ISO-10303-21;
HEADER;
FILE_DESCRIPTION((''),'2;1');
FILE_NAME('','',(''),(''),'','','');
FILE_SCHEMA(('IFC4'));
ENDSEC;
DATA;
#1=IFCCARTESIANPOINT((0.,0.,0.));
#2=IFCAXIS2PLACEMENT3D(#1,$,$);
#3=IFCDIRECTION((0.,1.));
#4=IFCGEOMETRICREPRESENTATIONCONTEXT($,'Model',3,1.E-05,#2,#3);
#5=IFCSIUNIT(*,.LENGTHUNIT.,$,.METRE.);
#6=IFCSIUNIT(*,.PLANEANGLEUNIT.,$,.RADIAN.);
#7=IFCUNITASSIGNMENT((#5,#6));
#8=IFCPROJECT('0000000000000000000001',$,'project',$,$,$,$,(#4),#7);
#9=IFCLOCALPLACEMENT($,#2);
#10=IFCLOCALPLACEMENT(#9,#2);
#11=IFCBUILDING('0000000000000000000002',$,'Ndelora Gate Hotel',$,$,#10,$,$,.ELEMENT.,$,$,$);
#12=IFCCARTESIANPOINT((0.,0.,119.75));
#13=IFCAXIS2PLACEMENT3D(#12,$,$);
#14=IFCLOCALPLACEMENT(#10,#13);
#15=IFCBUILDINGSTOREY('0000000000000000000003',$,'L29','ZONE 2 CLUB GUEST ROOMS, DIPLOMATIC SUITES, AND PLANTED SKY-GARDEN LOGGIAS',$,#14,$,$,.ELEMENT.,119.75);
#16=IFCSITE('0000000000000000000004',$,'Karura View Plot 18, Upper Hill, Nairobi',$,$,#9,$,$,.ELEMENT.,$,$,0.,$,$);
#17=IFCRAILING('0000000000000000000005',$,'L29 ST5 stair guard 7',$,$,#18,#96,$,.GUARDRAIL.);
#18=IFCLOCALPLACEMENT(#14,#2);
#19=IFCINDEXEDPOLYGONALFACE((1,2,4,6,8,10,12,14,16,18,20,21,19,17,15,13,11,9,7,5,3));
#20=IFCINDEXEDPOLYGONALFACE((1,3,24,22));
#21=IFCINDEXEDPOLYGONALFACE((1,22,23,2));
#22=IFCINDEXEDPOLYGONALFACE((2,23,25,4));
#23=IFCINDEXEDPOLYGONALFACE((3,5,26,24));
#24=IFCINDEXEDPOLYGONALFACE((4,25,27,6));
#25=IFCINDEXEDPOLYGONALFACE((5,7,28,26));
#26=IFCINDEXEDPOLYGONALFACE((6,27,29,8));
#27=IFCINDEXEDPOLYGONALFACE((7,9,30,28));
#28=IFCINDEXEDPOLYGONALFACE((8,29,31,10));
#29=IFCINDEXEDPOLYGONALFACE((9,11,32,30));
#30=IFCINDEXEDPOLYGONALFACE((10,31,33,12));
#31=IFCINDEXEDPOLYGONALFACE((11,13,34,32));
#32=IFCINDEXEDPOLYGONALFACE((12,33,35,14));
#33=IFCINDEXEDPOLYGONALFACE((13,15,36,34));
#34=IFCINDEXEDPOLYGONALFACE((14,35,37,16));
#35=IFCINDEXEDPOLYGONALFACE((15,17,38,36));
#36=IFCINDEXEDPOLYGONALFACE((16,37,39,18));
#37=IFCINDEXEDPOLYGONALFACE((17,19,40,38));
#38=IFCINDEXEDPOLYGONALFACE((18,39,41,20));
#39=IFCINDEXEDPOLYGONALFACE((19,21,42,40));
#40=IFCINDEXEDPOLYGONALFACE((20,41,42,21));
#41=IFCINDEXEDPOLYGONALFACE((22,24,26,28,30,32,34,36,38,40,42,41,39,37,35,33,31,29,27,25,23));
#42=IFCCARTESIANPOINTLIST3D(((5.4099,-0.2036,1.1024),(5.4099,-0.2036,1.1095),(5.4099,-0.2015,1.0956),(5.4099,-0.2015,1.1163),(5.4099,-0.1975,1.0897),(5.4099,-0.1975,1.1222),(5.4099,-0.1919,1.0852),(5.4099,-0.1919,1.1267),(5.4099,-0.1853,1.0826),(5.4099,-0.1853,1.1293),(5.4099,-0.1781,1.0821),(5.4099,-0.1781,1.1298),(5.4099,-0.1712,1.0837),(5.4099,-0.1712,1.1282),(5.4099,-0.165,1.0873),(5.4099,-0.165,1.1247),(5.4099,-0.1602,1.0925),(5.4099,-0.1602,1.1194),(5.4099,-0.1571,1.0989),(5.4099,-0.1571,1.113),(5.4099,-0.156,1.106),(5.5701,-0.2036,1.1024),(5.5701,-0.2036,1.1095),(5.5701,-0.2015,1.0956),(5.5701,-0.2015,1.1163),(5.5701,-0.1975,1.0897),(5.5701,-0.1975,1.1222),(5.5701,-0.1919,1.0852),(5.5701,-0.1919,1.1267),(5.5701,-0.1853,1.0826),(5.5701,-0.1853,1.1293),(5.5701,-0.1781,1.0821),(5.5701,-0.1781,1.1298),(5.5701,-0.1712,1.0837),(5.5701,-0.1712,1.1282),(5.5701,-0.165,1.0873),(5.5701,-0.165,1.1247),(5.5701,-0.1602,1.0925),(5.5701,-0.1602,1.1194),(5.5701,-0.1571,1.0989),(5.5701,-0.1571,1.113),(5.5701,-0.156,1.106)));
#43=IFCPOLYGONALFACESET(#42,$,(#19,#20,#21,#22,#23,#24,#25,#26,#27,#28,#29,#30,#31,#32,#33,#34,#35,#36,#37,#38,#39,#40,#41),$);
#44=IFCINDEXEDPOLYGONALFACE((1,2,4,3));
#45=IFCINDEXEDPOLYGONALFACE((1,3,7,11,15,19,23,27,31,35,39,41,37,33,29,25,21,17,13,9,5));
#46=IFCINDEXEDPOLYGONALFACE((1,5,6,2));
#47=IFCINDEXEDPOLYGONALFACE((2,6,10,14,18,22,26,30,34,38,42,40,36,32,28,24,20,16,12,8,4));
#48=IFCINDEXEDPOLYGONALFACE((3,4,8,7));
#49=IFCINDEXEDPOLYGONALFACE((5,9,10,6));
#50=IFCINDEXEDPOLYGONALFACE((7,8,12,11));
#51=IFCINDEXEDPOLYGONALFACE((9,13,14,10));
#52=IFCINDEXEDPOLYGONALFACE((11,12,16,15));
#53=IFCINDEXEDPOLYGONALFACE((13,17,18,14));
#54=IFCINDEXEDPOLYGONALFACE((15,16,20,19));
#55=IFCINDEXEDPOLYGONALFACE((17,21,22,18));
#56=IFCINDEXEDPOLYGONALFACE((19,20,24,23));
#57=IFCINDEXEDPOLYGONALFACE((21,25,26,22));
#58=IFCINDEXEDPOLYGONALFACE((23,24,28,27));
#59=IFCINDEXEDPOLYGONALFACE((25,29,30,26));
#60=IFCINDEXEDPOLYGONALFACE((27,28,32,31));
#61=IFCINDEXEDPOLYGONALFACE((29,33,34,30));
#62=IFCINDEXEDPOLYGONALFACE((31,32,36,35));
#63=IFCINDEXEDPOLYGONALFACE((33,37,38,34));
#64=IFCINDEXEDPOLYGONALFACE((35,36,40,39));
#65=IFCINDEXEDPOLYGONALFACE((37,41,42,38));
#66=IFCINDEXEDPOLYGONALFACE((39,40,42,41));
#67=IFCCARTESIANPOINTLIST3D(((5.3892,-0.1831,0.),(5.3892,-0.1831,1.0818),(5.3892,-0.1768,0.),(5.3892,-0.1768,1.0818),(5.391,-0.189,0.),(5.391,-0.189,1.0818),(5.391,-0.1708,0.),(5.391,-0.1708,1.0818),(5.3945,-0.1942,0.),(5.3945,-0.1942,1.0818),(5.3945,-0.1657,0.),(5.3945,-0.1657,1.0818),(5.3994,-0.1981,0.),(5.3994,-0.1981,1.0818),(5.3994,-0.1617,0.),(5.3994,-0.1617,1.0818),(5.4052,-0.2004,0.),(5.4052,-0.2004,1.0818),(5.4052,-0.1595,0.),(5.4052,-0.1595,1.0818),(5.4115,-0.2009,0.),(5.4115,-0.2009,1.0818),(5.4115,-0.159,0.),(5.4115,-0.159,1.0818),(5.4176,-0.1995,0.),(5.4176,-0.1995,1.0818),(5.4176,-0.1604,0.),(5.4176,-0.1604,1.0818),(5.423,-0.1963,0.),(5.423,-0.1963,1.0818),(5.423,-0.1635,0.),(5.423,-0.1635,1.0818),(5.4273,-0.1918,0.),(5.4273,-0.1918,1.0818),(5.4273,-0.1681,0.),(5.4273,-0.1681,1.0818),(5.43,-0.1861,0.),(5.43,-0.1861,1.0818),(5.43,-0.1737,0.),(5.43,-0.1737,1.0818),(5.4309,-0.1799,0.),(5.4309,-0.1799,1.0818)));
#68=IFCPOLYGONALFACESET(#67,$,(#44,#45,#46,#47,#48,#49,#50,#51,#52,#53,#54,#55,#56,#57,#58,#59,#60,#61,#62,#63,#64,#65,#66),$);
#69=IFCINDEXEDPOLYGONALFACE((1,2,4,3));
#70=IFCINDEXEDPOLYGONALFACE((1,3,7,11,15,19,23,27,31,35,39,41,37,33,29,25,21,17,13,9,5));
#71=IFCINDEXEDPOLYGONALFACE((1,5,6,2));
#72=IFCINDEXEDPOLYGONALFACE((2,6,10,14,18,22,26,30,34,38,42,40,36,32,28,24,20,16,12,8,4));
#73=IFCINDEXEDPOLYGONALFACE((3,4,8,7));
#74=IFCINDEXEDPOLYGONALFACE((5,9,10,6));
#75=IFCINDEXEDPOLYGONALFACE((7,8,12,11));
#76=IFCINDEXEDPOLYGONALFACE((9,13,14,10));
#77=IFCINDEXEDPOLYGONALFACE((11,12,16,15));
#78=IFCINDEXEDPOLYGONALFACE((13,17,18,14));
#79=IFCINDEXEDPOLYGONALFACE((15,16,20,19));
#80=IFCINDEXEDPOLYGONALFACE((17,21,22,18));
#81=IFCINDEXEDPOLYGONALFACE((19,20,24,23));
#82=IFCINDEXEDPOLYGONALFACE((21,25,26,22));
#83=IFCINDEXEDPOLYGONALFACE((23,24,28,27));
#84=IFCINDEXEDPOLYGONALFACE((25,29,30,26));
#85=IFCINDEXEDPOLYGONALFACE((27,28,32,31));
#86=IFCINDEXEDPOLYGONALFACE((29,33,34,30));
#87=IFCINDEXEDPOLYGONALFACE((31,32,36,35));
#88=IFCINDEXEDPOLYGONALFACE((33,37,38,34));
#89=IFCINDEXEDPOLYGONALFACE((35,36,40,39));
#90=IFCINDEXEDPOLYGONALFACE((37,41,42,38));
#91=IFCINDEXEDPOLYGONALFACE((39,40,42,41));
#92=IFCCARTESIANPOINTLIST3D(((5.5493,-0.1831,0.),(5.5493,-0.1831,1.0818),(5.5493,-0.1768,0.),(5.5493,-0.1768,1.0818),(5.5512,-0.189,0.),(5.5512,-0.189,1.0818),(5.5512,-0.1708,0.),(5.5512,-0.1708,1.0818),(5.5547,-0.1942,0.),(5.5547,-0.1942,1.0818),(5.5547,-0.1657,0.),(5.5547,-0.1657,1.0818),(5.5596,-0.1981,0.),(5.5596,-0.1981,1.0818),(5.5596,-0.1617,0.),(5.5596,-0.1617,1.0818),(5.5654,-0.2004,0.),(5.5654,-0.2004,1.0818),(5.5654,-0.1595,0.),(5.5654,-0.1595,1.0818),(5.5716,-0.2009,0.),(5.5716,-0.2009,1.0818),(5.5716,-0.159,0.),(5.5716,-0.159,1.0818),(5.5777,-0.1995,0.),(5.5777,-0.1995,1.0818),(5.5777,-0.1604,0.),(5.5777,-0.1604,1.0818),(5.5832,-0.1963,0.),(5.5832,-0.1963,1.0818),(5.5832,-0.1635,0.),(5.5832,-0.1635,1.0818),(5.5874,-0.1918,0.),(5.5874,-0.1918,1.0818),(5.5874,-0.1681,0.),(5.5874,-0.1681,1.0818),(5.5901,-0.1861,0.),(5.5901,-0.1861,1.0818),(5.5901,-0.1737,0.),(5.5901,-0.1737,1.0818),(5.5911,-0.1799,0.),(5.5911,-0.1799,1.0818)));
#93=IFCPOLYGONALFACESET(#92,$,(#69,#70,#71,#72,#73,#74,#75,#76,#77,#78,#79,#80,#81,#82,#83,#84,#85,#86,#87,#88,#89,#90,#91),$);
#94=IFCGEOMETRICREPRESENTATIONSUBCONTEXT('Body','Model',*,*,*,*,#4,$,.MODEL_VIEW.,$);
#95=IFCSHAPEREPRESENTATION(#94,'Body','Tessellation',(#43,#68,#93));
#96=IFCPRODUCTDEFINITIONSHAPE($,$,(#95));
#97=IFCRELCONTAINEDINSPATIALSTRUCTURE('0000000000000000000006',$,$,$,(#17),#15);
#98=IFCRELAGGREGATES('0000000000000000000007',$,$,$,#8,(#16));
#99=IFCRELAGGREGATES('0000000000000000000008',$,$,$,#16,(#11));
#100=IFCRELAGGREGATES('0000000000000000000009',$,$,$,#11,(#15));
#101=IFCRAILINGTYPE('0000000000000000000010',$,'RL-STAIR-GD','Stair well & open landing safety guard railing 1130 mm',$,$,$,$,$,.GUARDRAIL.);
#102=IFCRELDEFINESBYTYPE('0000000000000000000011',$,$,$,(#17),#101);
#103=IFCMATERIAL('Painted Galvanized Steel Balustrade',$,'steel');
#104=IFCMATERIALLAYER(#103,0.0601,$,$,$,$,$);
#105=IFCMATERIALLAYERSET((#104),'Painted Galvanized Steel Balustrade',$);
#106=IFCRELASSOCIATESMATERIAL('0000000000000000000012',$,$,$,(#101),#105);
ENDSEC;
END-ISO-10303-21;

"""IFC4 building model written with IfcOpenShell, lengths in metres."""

from ifc_helpers import new_model, si_unit, direction, frame, origin, origin_2d, place, context, subcontext, project, spatial, circle, extrude, material, layer, layer_set, type_object, element, save


model = new_model("IFC4")

# Units and contexts
model_context = context("Model", 3, precision=1e-05, world=origin(), true_north=direction((0.0, 1.0)))
body_context = subcontext(model_context, "Body", "Model", "MODEL_VIEW")
ifc_project = project(units=[si_unit("LENGTHUNIT", "METRE"), si_unit("PLANEANGLEUNIT", "RADIAN")], contexts=[model_context])

# Site, building, storey
site_placement = place(None, origin())
site = spatial("IfcSite", under=ifc_project, at=site_placement, Name="Karura View Plot 18, Upper Hill, Nairobi", CompositionType="ELEMENT", RefElevation=0.0)
building_placement = place(site_placement, origin())
building = spatial("IfcBuilding", under=site, at=building_placement, Name="Ndelora Gate Hotel", CompositionType="ELEMENT")
storey_placement = place(building_placement, frame((0.0, 0.0, 119.75)))
storey = spatial("IfcBuildingStorey", under=building, at=storey_placement, Name="L29", Description="ZONE 2 CLUB GUEST ROOMS, DIPLOMATIC SUITES, AND PLANTED SKY-GARDEN LOGGIAS", CompositionType="ELEMENT", Elevation=119.75)

# Railing
ifc_material_1 = material(Name="Painted Galvanized Steel Balustrade", Category="steel")
ifc_layer_1 = layer(ifc_material_1, 0.0601)
ifc_layer_set_1 = layer_set([ifc_layer_1], Name="Painted Galvanized Steel Balustrade")
railing_type_1 = type_object("IfcRailingType", Name="RL-STAIR-GD", Description="Stair well & open landing safety guard railing 1130 mm", PredefinedType="GUARDRAIL", material=ifc_layer_set_1)
railing_1_placement = place(storey_placement, frame((5.4099, -0.1799, 0.0)))
element("IfcRailing", 1, at=railing_1_placement, inside=storey, type_object=railing_type_1, Name="L29 ST5 stair guard 7", PredefinedType="GUARDRAIL", context=body_context, shape_type="SweptSolid", body=[
    extrude(circle(Radius=0.0239, at=origin_2d()), frame((0.0, 0.0, 1.106), z_axis=(1.0, 0.0, 0.0), x_axis=(0.0, 1.0, 0.0)), (0.0, 0.0, 1.0), 0.1602),
    extrude(circle(Radius=0.021, at=origin_2d()), origin(), (0.0, 0.0, 1.0), 1.0818),
    extrude(circle(Radius=0.021, at=origin_2d()), frame((0.1602, 0.0, 0.0)), (0.0, 0.0, 1.0), 1.0818),
])

save(model, "model.ifc")
